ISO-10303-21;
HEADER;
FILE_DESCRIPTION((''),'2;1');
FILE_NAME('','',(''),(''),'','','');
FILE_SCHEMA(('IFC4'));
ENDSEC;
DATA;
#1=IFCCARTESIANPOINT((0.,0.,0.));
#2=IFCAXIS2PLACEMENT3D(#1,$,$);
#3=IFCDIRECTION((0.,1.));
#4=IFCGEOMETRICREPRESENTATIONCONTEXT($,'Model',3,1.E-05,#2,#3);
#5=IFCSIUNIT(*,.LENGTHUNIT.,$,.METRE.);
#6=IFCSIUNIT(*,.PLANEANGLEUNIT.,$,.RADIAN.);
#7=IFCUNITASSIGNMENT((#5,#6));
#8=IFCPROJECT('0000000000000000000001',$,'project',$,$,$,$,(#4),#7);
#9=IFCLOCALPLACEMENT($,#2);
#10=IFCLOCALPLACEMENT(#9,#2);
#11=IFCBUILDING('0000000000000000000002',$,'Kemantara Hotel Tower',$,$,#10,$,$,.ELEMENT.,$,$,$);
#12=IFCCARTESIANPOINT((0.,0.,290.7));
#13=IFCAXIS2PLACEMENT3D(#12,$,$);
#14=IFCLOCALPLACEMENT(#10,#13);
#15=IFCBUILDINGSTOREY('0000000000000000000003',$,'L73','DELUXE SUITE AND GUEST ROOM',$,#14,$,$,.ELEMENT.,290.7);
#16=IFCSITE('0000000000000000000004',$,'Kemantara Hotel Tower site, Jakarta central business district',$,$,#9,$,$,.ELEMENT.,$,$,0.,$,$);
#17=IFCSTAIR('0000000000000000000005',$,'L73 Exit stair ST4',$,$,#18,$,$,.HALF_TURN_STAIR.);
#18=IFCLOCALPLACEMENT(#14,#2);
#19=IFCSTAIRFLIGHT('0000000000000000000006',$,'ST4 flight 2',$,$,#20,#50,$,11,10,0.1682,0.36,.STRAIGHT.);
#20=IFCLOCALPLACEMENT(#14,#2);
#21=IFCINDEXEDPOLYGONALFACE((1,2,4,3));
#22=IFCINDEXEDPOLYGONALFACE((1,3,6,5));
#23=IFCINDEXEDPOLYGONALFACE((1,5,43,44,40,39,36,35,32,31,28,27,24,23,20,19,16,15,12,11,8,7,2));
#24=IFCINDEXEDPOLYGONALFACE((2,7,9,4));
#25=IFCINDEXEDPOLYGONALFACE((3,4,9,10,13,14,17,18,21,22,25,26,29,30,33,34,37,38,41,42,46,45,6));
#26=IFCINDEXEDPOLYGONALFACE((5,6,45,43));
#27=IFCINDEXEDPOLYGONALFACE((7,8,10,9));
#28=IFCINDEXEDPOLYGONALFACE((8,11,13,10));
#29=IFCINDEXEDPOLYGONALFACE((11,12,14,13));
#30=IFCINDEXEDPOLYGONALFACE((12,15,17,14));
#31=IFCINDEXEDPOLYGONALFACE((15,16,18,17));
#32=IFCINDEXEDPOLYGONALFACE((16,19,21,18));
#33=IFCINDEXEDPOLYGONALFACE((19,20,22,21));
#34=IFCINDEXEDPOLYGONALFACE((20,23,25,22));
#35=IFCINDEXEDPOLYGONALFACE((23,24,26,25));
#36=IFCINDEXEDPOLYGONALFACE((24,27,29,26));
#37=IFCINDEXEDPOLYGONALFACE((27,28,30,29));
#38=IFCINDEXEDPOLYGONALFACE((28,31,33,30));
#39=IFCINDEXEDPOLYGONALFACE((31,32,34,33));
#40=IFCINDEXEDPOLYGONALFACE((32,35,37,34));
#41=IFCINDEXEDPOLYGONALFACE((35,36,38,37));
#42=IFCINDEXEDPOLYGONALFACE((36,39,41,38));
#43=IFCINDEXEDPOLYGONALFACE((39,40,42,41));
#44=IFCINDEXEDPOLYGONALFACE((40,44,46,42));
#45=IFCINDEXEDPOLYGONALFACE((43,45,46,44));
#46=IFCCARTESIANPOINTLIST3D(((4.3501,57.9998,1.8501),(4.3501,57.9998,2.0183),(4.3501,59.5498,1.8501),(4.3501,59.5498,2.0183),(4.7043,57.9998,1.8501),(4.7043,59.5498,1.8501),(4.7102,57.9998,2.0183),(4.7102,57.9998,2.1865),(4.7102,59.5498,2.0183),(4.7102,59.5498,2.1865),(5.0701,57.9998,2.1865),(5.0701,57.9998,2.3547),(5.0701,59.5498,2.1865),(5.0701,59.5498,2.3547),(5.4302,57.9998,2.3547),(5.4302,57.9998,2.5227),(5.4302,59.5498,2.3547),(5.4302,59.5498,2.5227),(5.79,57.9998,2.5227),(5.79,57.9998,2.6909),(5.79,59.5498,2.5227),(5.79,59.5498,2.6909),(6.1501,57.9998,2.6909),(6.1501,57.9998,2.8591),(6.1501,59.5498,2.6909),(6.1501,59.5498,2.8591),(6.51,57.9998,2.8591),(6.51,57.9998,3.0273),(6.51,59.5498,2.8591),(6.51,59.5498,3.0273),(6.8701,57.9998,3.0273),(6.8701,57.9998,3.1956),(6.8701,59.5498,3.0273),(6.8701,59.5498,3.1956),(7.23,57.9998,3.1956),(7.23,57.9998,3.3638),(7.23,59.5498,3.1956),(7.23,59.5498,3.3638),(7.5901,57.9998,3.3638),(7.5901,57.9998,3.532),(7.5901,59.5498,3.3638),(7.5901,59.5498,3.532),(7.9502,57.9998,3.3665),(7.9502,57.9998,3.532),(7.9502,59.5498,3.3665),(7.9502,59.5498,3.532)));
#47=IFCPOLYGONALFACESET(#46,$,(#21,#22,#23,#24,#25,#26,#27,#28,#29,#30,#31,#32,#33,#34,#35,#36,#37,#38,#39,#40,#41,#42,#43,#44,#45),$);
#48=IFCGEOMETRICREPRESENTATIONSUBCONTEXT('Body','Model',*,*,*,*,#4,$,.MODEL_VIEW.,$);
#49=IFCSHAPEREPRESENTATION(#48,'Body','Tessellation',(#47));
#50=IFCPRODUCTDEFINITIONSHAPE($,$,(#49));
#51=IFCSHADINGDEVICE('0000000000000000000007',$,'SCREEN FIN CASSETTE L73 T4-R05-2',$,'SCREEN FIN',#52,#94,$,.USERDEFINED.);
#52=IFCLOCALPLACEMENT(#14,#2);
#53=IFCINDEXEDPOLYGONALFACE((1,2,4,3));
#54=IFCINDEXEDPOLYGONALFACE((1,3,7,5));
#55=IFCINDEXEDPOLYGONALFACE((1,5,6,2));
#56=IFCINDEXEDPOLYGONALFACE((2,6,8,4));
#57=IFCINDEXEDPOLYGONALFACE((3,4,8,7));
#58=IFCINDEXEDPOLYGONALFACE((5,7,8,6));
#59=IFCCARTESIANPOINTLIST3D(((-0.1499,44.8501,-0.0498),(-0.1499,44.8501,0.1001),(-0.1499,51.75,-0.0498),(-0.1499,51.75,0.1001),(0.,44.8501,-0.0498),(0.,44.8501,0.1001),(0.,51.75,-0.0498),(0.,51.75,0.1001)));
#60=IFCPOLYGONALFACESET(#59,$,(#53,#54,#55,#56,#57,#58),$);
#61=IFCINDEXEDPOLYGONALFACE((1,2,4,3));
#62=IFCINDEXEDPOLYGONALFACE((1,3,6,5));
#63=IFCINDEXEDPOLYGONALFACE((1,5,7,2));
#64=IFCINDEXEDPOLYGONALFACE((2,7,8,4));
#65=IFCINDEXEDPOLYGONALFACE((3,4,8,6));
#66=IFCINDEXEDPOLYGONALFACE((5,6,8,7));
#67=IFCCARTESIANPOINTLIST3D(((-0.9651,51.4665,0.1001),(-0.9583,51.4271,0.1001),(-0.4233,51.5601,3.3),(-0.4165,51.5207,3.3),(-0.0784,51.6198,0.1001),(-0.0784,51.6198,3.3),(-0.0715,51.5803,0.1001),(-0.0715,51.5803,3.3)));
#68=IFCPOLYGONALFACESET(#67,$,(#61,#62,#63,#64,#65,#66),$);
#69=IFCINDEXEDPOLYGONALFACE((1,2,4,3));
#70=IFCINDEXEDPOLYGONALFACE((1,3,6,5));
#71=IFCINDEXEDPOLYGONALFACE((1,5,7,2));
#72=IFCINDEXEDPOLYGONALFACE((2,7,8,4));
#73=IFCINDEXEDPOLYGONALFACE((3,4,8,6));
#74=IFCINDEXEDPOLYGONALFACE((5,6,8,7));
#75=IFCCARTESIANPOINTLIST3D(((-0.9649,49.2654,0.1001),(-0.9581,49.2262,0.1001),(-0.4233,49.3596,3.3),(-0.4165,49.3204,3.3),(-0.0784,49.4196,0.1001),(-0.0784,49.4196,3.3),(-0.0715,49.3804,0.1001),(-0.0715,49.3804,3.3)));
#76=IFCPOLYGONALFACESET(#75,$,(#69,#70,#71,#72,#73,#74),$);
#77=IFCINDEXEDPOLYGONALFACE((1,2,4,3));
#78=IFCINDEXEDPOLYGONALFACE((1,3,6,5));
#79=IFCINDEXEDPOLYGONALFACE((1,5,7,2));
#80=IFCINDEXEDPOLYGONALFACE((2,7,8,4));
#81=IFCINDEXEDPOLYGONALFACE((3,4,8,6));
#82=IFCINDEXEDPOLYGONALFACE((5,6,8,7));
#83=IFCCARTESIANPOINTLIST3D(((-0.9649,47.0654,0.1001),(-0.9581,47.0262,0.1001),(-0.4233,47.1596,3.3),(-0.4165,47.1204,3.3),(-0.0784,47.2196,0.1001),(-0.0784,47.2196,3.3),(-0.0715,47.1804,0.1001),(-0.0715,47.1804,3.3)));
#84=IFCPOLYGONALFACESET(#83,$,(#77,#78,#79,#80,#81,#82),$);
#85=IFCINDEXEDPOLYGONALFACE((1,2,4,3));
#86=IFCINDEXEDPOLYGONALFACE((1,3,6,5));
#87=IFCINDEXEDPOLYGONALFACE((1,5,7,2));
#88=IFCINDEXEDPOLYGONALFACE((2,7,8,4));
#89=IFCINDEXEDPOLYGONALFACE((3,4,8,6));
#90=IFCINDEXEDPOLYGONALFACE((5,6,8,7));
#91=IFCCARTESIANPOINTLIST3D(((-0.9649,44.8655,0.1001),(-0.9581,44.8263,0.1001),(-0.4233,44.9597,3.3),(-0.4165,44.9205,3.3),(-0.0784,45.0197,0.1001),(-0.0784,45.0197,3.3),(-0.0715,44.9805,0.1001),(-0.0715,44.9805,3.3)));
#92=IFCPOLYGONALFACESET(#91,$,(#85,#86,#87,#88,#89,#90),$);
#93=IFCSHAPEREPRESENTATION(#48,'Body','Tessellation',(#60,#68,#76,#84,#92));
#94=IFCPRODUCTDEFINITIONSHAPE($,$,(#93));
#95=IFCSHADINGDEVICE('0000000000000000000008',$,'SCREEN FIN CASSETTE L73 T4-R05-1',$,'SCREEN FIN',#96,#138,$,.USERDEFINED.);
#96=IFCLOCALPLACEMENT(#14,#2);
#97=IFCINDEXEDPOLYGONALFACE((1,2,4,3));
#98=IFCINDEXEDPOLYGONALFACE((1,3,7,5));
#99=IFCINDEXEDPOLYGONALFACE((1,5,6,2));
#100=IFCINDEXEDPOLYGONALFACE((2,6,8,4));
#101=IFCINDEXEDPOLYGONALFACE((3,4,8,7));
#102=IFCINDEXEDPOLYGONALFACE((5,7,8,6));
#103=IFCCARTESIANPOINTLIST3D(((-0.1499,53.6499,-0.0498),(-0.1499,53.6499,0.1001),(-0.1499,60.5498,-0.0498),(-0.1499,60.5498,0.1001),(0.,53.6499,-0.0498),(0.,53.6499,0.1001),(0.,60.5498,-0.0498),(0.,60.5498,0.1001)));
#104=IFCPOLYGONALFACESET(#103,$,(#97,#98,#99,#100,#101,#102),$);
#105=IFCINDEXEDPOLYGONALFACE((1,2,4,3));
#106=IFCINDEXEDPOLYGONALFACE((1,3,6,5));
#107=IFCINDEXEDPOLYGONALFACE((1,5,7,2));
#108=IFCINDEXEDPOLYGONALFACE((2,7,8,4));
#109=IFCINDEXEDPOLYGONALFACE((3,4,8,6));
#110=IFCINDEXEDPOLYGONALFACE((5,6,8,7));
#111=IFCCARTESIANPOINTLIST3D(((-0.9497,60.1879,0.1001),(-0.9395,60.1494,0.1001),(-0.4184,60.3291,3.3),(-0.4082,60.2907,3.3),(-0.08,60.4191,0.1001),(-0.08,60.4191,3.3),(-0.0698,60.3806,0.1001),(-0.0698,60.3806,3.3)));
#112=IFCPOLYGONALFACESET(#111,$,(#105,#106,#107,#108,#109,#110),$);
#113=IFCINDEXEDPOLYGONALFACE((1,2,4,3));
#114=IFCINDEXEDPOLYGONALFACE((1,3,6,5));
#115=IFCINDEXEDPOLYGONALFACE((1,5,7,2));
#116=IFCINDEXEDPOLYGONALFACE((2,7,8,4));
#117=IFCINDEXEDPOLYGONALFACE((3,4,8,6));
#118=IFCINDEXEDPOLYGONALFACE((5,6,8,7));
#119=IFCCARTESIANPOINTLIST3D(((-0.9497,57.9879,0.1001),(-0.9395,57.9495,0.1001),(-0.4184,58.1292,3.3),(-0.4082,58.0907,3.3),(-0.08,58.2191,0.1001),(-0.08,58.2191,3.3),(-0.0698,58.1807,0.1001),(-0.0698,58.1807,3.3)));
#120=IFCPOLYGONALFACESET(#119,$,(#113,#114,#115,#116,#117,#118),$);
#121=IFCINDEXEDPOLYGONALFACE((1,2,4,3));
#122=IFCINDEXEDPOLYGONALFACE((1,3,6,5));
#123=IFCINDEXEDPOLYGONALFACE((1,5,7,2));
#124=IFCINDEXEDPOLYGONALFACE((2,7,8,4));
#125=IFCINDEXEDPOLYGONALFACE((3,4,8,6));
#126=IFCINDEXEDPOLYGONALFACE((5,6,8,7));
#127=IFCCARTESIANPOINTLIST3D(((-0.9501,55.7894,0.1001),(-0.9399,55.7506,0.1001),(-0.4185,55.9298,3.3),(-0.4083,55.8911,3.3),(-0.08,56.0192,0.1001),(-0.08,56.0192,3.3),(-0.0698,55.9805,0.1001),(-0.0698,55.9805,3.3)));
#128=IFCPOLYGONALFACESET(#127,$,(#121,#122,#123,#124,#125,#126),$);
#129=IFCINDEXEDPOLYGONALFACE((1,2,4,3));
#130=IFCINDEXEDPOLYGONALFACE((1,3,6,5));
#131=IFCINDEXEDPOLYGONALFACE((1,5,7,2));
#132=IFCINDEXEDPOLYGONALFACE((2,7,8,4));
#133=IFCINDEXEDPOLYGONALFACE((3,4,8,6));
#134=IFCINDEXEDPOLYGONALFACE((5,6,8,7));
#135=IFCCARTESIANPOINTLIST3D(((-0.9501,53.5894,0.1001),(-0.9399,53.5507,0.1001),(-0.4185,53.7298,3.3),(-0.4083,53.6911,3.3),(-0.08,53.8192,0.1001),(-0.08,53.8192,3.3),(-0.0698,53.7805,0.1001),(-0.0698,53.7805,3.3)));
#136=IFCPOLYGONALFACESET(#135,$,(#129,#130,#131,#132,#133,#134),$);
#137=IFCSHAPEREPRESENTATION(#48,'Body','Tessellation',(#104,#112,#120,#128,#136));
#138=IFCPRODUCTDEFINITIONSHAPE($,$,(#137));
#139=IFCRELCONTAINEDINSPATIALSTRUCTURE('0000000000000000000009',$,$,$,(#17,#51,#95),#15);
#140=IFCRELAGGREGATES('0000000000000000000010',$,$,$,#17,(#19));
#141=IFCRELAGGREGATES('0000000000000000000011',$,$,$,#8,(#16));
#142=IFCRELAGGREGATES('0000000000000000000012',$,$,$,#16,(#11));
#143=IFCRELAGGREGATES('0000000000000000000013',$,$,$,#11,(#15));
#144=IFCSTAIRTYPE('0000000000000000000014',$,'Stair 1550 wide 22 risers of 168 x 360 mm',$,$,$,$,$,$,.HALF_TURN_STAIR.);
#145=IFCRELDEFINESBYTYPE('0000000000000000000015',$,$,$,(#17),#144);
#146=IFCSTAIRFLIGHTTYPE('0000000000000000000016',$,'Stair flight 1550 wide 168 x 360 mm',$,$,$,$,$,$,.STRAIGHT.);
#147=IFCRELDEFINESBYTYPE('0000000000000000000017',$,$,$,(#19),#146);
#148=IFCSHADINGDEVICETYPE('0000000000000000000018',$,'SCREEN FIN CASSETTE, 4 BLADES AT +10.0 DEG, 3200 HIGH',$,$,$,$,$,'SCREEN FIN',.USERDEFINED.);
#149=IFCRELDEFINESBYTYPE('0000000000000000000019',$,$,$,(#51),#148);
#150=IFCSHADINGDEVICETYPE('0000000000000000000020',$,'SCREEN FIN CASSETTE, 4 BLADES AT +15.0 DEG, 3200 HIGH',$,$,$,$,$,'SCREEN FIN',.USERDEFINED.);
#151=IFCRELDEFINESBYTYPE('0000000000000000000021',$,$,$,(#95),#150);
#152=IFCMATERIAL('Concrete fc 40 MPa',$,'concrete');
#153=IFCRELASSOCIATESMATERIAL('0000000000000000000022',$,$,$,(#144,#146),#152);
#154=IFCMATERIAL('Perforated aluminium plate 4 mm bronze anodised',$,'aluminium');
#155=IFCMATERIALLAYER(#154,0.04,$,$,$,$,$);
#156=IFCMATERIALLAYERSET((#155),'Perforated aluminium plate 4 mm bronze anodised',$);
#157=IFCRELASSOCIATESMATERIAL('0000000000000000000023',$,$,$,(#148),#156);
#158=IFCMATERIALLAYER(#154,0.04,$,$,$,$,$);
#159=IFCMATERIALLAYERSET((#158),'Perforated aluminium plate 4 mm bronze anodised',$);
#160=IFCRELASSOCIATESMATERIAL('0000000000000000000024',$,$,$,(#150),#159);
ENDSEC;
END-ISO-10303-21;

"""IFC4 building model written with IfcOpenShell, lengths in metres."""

from ifc_helpers import new_model, si_unit, direction, frame, origin, origin_2d, place, context, subcontext, project, spatial, polyline, rectangle, outline, extrude, source, transform, mapped, material, layer, layer_set, type_object, element, aggregate, save


model = new_model("IFC4")

# Units and contexts
model_context = context("Model", 3, precision=1e-05, world=origin(), true_north=direction((0.0, 1.0)))
body_context = subcontext(model_context, "Body", "Model", "MODEL_VIEW")
ifc_project = project(units=[si_unit("LENGTHUNIT", "METRE"), si_unit("PLANEANGLEUNIT", "RADIAN")], contexts=[model_context])

# Site, building, storey
site_placement = place(None, origin())
site = spatial("IfcSite", under=ifc_project, at=site_placement, Name="Kemantara Hotel Tower site, Jakarta central business district", CompositionType="ELEMENT", RefElevation=0.0)
building_placement = place(site_placement, origin())
building = spatial("IfcBuilding", under=site, at=building_placement, Name="Kemantara Hotel Tower", CompositionType="ELEMENT")
storey_placement = place(building_placement, frame((0.0, 0.0, 290.7)))
storey = spatial("IfcBuildingStorey", under=building, at=storey_placement, Name="L73", Description="DELUXE SUITE AND GUEST ROOM", CompositionType="ELEMENT", Elevation=290.7)

# Shared definitions
ifc_material_1 = material(Name="Concrete fc 40 MPa", Category="concrete")

# Stair, stair flight
stair_type = type_object("IfcStairType", Name="Stair 1550 wide 22 risers of 168 x 360 mm", PredefinedType="HALF_TURN_STAIR", material=ifc_material_1)
stair_placement = place(storey_placement, origin())
stair = element("IfcStair", 1, at=stair_placement, inside=storey, type_object=stair_type, Name="L73 Exit stair ST4", PredefinedType="HALF_TURN_STAIR")
stair_flight_type = type_object("IfcStairFlightType", Name="Stair flight 1550 wide 168 x 360 mm", PredefinedType="STRAIGHT", material=ifc_material_1)
stair_flight_placement = place(storey_placement, frame((4.3501, 58.7749, 1.8501), z_axis=(0.0, 0.0, 1.0), x_axis=(1.0, 0.0, 0.0)))
stair_flight = element("IfcStairFlight", 2, at=stair_flight_placement, type_object=stair_flight_type, Name="ST4 flight 2", NumberOfRisers=11, NumberOfTreads=10, PredefinedType="STRAIGHT", RiserHeight=0.1682, TreadLength=0.36, context=body_context, shape_type="SweptSolid", body=[
    extrude(outline(polyline([(0.0, 0.0), (0.0, 0.1682), (0.3601, 0.1682), (0.3601, 0.3364), (0.72, 0.3364), (0.72, 0.5046), (1.0801, 0.5046), (1.0801, 0.6726), (1.4399, 0.6726), (1.4399, 0.8408), (1.8, 0.8408), (1.8, 1.009), (2.1599, 1.009), (2.1599, 1.1772), (2.52, 1.1772), (2.52, 1.3455), (2.8799, 1.3455), (2.8799, 1.5137), (3.24, 1.5137), (3.24, 1.6819), (3.6001, 1.6819), (3.6001, 1.8501), (3.6001, 1.5164), (0.3542, 0.0), (0.0, 0.0)])), frame((0.0, 0.7749, 0.0), z_axis=(0.0, -1.0, 0.0), x_axis=(1.0, 0.0, 0.0)), (0.0, 0.0, 1.0), 1.55),
])
aggregate(stair, [stair_flight])

# Shading devices
ifc_material_2 = material(Name="Perforated aluminium plate 4 mm bronze anodised", Category="aluminium")
ifc_layer_1 = layer(ifc_material_2, 0.04)
ifc_layer_set_1 = layer_set([ifc_layer_1], Name="Perforated aluminium plate 4 mm bronze anodised")
shading_device_type_1 = type_object("IfcShadingDeviceType", Name="SCREEN FIN CASSETTE, 4 BLADES AT +10.0 DEG, 3200 HIGH", ElementType="SCREEN FIN", PredefinedType="USERDEFINED", material=ifc_layer_set_1)
shared_shape_1 = source(origin(), body_context, "Body", "SweptSolid", [
    extrude(rectangle(XDim=6.8999, YDim=0.1499, at=origin_2d()), frame((3.3, -0.075, -0.1499), z_axis=(0.0, 0.0, 1.0), x_axis=(1.0, 0.0, 0.0)), (0.0, 0.0, 1.0), 0.1499),
    extrude(outline(polyline([(0.0, 0.0), (0.8999, 0.0), (0.3501, 3.2), (0.0, 3.2), (0.0, 0.0)])), frame((0.0198, -0.0715, 0.0), z_axis=(-0.98539, -0.170314, 0.0), x_axis=(0.170314, -0.98539, 0.0)), (0.0, 0.0, 1.0), 0.04),
    extrude(outline(polyline([(0.0, 0.0), (0.8999, 0.0), (0.3501, 3.2), (0.0, 3.2), (0.0, 0.0)])), frame((2.2197, -0.0715, 0.0), z_axis=(-0.985212, -0.171341, 0.0), x_axis=(0.171341, -0.985212, 0.0)), (0.0, 0.0, 1.0), 0.0398),
    extrude(outline(polyline([(0.0, 0.0), (0.8999, 0.0), (0.3501, 3.2), (0.0, 3.2), (0.0, 0.0)])), frame((4.4197, -0.0715, 0.0), z_axis=(-0.985212, -0.171341, 0.0), x_axis=(0.171341, -0.985212, 0.0)), (0.0, 0.0, 1.0), 0.0398),
    extrude(outline(polyline([(0.0, 0.0), (0.8999, 0.0), (0.3501, 3.2), (0.0, 3.2), (0.0, 0.0)])), frame((6.6196, -0.0715, 0.0), z_axis=(-0.985212, -0.171341, 0.0), x_axis=(0.171341, -0.985212, 0.0)), (0.0, 0.0, 1.0), 0.0398),
])
shading_device_1_placement = place(storey_placement, frame((0.0, 51.6001, 0.1001), z_axis=(0.0, 0.0, 1.0), x_axis=(0.0, -1.0, 0.0)))
element("IfcShadingDevice", 3, at=shading_device_1_placement, inside=storey, type_object=shading_device_type_1, Name="SCREEN FIN CASSETTE L73 T4-R05-2", ObjectType="SCREEN FIN", PredefinedType="USERDEFINED", context=body_context, shape_type="MappedRepresentation", body=[
    mapped(shared_shape_1, transform((0.0, 0.0, 0.0))),
])
ifc_layer_2 = layer(ifc_material_2, 0.04)
ifc_layer_set_2 = layer_set([ifc_layer_2], Name="Perforated aluminium plate 4 mm bronze anodised")
shading_device_type_2 = type_object("IfcShadingDeviceType", Name="SCREEN FIN CASSETTE, 4 BLADES AT +15.0 DEG, 3200 HIGH", ElementType="SCREEN FIN", PredefinedType="USERDEFINED", material=ifc_layer_set_2)
shared_shape_2 = source(origin(), body_context, "Body", "SweptSolid", [
    extrude(rectangle(XDim=6.8999, YDim=0.1499, at=origin_2d()), frame((3.3, -0.075, -0.1499), z_axis=(0.0, 0.0, 1.0), x_axis=(1.0, 0.0, 0.0)), (0.0, 0.0, 1.0), 0.1499),
    extrude(outline(polyline([(0.0, 0.0), (0.8999, 0.0), (0.3501, 3.2), (0.0, 3.2), (0.0, 0.0)])), frame((0.0193, -0.0698, 0.0), z_axis=(-0.966438, -0.256901, 0.0), x_axis=(0.256901, -0.966438, 0.0)), (0.0, 0.0, 1.0), 0.0398),
    extrude(outline(polyline([(0.0, 0.0), (0.8999, 0.0), (0.3501, 3.2), (0.0, 3.2), (0.0, 0.0)])), frame((2.2192, -0.0698, 0.0), z_axis=(-0.966438, -0.256901, 0.0), x_axis=(0.256901, -0.966438, 0.0)), (0.0, 0.0, 1.0), 0.0398),
    extrude(outline(polyline([(0.0, 0.0), (0.8999, 0.0), (0.3501, 3.2), (0.0, 3.2), (0.0, 0.0)])), frame((4.4194, -0.0698, 0.0), z_axis=(-0.966838, -0.255391, 0.0), x_axis=(0.255391, -0.966838, 0.0)), (0.0, 0.0, 1.0), 0.04),
    extrude(outline(polyline([(0.0, 0.0), (0.8999, 0.0), (0.3501, 3.2), (0.0, 3.2), (0.0, 0.0)])), frame((6.6194, -0.0698, 0.0), z_axis=(-0.966838, -0.255391, 0.0), x_axis=(0.255391, -0.966838, 0.0)), (0.0, 0.0, 1.0), 0.04),
])
shading_device_2_placement = place(storey_placement, frame((0.0, 60.3999, 0.1001), z_axis=(0.0, 0.0, 1.0), x_axis=(0.0, -1.0, 0.0)))
element("IfcShadingDevice", 4, at=shading_device_2_placement, inside=storey, type_object=shading_device_type_2, Name="SCREEN FIN CASSETTE L73 T4-R05-1", ObjectType="SCREEN FIN", PredefinedType="USERDEFINED", context=body_context, shape_type="MappedRepresentation", body=[
    mapped(shared_shape_2, transform((0.0, 0.0, 0.0))),
])

save(model, "model.ifc")
